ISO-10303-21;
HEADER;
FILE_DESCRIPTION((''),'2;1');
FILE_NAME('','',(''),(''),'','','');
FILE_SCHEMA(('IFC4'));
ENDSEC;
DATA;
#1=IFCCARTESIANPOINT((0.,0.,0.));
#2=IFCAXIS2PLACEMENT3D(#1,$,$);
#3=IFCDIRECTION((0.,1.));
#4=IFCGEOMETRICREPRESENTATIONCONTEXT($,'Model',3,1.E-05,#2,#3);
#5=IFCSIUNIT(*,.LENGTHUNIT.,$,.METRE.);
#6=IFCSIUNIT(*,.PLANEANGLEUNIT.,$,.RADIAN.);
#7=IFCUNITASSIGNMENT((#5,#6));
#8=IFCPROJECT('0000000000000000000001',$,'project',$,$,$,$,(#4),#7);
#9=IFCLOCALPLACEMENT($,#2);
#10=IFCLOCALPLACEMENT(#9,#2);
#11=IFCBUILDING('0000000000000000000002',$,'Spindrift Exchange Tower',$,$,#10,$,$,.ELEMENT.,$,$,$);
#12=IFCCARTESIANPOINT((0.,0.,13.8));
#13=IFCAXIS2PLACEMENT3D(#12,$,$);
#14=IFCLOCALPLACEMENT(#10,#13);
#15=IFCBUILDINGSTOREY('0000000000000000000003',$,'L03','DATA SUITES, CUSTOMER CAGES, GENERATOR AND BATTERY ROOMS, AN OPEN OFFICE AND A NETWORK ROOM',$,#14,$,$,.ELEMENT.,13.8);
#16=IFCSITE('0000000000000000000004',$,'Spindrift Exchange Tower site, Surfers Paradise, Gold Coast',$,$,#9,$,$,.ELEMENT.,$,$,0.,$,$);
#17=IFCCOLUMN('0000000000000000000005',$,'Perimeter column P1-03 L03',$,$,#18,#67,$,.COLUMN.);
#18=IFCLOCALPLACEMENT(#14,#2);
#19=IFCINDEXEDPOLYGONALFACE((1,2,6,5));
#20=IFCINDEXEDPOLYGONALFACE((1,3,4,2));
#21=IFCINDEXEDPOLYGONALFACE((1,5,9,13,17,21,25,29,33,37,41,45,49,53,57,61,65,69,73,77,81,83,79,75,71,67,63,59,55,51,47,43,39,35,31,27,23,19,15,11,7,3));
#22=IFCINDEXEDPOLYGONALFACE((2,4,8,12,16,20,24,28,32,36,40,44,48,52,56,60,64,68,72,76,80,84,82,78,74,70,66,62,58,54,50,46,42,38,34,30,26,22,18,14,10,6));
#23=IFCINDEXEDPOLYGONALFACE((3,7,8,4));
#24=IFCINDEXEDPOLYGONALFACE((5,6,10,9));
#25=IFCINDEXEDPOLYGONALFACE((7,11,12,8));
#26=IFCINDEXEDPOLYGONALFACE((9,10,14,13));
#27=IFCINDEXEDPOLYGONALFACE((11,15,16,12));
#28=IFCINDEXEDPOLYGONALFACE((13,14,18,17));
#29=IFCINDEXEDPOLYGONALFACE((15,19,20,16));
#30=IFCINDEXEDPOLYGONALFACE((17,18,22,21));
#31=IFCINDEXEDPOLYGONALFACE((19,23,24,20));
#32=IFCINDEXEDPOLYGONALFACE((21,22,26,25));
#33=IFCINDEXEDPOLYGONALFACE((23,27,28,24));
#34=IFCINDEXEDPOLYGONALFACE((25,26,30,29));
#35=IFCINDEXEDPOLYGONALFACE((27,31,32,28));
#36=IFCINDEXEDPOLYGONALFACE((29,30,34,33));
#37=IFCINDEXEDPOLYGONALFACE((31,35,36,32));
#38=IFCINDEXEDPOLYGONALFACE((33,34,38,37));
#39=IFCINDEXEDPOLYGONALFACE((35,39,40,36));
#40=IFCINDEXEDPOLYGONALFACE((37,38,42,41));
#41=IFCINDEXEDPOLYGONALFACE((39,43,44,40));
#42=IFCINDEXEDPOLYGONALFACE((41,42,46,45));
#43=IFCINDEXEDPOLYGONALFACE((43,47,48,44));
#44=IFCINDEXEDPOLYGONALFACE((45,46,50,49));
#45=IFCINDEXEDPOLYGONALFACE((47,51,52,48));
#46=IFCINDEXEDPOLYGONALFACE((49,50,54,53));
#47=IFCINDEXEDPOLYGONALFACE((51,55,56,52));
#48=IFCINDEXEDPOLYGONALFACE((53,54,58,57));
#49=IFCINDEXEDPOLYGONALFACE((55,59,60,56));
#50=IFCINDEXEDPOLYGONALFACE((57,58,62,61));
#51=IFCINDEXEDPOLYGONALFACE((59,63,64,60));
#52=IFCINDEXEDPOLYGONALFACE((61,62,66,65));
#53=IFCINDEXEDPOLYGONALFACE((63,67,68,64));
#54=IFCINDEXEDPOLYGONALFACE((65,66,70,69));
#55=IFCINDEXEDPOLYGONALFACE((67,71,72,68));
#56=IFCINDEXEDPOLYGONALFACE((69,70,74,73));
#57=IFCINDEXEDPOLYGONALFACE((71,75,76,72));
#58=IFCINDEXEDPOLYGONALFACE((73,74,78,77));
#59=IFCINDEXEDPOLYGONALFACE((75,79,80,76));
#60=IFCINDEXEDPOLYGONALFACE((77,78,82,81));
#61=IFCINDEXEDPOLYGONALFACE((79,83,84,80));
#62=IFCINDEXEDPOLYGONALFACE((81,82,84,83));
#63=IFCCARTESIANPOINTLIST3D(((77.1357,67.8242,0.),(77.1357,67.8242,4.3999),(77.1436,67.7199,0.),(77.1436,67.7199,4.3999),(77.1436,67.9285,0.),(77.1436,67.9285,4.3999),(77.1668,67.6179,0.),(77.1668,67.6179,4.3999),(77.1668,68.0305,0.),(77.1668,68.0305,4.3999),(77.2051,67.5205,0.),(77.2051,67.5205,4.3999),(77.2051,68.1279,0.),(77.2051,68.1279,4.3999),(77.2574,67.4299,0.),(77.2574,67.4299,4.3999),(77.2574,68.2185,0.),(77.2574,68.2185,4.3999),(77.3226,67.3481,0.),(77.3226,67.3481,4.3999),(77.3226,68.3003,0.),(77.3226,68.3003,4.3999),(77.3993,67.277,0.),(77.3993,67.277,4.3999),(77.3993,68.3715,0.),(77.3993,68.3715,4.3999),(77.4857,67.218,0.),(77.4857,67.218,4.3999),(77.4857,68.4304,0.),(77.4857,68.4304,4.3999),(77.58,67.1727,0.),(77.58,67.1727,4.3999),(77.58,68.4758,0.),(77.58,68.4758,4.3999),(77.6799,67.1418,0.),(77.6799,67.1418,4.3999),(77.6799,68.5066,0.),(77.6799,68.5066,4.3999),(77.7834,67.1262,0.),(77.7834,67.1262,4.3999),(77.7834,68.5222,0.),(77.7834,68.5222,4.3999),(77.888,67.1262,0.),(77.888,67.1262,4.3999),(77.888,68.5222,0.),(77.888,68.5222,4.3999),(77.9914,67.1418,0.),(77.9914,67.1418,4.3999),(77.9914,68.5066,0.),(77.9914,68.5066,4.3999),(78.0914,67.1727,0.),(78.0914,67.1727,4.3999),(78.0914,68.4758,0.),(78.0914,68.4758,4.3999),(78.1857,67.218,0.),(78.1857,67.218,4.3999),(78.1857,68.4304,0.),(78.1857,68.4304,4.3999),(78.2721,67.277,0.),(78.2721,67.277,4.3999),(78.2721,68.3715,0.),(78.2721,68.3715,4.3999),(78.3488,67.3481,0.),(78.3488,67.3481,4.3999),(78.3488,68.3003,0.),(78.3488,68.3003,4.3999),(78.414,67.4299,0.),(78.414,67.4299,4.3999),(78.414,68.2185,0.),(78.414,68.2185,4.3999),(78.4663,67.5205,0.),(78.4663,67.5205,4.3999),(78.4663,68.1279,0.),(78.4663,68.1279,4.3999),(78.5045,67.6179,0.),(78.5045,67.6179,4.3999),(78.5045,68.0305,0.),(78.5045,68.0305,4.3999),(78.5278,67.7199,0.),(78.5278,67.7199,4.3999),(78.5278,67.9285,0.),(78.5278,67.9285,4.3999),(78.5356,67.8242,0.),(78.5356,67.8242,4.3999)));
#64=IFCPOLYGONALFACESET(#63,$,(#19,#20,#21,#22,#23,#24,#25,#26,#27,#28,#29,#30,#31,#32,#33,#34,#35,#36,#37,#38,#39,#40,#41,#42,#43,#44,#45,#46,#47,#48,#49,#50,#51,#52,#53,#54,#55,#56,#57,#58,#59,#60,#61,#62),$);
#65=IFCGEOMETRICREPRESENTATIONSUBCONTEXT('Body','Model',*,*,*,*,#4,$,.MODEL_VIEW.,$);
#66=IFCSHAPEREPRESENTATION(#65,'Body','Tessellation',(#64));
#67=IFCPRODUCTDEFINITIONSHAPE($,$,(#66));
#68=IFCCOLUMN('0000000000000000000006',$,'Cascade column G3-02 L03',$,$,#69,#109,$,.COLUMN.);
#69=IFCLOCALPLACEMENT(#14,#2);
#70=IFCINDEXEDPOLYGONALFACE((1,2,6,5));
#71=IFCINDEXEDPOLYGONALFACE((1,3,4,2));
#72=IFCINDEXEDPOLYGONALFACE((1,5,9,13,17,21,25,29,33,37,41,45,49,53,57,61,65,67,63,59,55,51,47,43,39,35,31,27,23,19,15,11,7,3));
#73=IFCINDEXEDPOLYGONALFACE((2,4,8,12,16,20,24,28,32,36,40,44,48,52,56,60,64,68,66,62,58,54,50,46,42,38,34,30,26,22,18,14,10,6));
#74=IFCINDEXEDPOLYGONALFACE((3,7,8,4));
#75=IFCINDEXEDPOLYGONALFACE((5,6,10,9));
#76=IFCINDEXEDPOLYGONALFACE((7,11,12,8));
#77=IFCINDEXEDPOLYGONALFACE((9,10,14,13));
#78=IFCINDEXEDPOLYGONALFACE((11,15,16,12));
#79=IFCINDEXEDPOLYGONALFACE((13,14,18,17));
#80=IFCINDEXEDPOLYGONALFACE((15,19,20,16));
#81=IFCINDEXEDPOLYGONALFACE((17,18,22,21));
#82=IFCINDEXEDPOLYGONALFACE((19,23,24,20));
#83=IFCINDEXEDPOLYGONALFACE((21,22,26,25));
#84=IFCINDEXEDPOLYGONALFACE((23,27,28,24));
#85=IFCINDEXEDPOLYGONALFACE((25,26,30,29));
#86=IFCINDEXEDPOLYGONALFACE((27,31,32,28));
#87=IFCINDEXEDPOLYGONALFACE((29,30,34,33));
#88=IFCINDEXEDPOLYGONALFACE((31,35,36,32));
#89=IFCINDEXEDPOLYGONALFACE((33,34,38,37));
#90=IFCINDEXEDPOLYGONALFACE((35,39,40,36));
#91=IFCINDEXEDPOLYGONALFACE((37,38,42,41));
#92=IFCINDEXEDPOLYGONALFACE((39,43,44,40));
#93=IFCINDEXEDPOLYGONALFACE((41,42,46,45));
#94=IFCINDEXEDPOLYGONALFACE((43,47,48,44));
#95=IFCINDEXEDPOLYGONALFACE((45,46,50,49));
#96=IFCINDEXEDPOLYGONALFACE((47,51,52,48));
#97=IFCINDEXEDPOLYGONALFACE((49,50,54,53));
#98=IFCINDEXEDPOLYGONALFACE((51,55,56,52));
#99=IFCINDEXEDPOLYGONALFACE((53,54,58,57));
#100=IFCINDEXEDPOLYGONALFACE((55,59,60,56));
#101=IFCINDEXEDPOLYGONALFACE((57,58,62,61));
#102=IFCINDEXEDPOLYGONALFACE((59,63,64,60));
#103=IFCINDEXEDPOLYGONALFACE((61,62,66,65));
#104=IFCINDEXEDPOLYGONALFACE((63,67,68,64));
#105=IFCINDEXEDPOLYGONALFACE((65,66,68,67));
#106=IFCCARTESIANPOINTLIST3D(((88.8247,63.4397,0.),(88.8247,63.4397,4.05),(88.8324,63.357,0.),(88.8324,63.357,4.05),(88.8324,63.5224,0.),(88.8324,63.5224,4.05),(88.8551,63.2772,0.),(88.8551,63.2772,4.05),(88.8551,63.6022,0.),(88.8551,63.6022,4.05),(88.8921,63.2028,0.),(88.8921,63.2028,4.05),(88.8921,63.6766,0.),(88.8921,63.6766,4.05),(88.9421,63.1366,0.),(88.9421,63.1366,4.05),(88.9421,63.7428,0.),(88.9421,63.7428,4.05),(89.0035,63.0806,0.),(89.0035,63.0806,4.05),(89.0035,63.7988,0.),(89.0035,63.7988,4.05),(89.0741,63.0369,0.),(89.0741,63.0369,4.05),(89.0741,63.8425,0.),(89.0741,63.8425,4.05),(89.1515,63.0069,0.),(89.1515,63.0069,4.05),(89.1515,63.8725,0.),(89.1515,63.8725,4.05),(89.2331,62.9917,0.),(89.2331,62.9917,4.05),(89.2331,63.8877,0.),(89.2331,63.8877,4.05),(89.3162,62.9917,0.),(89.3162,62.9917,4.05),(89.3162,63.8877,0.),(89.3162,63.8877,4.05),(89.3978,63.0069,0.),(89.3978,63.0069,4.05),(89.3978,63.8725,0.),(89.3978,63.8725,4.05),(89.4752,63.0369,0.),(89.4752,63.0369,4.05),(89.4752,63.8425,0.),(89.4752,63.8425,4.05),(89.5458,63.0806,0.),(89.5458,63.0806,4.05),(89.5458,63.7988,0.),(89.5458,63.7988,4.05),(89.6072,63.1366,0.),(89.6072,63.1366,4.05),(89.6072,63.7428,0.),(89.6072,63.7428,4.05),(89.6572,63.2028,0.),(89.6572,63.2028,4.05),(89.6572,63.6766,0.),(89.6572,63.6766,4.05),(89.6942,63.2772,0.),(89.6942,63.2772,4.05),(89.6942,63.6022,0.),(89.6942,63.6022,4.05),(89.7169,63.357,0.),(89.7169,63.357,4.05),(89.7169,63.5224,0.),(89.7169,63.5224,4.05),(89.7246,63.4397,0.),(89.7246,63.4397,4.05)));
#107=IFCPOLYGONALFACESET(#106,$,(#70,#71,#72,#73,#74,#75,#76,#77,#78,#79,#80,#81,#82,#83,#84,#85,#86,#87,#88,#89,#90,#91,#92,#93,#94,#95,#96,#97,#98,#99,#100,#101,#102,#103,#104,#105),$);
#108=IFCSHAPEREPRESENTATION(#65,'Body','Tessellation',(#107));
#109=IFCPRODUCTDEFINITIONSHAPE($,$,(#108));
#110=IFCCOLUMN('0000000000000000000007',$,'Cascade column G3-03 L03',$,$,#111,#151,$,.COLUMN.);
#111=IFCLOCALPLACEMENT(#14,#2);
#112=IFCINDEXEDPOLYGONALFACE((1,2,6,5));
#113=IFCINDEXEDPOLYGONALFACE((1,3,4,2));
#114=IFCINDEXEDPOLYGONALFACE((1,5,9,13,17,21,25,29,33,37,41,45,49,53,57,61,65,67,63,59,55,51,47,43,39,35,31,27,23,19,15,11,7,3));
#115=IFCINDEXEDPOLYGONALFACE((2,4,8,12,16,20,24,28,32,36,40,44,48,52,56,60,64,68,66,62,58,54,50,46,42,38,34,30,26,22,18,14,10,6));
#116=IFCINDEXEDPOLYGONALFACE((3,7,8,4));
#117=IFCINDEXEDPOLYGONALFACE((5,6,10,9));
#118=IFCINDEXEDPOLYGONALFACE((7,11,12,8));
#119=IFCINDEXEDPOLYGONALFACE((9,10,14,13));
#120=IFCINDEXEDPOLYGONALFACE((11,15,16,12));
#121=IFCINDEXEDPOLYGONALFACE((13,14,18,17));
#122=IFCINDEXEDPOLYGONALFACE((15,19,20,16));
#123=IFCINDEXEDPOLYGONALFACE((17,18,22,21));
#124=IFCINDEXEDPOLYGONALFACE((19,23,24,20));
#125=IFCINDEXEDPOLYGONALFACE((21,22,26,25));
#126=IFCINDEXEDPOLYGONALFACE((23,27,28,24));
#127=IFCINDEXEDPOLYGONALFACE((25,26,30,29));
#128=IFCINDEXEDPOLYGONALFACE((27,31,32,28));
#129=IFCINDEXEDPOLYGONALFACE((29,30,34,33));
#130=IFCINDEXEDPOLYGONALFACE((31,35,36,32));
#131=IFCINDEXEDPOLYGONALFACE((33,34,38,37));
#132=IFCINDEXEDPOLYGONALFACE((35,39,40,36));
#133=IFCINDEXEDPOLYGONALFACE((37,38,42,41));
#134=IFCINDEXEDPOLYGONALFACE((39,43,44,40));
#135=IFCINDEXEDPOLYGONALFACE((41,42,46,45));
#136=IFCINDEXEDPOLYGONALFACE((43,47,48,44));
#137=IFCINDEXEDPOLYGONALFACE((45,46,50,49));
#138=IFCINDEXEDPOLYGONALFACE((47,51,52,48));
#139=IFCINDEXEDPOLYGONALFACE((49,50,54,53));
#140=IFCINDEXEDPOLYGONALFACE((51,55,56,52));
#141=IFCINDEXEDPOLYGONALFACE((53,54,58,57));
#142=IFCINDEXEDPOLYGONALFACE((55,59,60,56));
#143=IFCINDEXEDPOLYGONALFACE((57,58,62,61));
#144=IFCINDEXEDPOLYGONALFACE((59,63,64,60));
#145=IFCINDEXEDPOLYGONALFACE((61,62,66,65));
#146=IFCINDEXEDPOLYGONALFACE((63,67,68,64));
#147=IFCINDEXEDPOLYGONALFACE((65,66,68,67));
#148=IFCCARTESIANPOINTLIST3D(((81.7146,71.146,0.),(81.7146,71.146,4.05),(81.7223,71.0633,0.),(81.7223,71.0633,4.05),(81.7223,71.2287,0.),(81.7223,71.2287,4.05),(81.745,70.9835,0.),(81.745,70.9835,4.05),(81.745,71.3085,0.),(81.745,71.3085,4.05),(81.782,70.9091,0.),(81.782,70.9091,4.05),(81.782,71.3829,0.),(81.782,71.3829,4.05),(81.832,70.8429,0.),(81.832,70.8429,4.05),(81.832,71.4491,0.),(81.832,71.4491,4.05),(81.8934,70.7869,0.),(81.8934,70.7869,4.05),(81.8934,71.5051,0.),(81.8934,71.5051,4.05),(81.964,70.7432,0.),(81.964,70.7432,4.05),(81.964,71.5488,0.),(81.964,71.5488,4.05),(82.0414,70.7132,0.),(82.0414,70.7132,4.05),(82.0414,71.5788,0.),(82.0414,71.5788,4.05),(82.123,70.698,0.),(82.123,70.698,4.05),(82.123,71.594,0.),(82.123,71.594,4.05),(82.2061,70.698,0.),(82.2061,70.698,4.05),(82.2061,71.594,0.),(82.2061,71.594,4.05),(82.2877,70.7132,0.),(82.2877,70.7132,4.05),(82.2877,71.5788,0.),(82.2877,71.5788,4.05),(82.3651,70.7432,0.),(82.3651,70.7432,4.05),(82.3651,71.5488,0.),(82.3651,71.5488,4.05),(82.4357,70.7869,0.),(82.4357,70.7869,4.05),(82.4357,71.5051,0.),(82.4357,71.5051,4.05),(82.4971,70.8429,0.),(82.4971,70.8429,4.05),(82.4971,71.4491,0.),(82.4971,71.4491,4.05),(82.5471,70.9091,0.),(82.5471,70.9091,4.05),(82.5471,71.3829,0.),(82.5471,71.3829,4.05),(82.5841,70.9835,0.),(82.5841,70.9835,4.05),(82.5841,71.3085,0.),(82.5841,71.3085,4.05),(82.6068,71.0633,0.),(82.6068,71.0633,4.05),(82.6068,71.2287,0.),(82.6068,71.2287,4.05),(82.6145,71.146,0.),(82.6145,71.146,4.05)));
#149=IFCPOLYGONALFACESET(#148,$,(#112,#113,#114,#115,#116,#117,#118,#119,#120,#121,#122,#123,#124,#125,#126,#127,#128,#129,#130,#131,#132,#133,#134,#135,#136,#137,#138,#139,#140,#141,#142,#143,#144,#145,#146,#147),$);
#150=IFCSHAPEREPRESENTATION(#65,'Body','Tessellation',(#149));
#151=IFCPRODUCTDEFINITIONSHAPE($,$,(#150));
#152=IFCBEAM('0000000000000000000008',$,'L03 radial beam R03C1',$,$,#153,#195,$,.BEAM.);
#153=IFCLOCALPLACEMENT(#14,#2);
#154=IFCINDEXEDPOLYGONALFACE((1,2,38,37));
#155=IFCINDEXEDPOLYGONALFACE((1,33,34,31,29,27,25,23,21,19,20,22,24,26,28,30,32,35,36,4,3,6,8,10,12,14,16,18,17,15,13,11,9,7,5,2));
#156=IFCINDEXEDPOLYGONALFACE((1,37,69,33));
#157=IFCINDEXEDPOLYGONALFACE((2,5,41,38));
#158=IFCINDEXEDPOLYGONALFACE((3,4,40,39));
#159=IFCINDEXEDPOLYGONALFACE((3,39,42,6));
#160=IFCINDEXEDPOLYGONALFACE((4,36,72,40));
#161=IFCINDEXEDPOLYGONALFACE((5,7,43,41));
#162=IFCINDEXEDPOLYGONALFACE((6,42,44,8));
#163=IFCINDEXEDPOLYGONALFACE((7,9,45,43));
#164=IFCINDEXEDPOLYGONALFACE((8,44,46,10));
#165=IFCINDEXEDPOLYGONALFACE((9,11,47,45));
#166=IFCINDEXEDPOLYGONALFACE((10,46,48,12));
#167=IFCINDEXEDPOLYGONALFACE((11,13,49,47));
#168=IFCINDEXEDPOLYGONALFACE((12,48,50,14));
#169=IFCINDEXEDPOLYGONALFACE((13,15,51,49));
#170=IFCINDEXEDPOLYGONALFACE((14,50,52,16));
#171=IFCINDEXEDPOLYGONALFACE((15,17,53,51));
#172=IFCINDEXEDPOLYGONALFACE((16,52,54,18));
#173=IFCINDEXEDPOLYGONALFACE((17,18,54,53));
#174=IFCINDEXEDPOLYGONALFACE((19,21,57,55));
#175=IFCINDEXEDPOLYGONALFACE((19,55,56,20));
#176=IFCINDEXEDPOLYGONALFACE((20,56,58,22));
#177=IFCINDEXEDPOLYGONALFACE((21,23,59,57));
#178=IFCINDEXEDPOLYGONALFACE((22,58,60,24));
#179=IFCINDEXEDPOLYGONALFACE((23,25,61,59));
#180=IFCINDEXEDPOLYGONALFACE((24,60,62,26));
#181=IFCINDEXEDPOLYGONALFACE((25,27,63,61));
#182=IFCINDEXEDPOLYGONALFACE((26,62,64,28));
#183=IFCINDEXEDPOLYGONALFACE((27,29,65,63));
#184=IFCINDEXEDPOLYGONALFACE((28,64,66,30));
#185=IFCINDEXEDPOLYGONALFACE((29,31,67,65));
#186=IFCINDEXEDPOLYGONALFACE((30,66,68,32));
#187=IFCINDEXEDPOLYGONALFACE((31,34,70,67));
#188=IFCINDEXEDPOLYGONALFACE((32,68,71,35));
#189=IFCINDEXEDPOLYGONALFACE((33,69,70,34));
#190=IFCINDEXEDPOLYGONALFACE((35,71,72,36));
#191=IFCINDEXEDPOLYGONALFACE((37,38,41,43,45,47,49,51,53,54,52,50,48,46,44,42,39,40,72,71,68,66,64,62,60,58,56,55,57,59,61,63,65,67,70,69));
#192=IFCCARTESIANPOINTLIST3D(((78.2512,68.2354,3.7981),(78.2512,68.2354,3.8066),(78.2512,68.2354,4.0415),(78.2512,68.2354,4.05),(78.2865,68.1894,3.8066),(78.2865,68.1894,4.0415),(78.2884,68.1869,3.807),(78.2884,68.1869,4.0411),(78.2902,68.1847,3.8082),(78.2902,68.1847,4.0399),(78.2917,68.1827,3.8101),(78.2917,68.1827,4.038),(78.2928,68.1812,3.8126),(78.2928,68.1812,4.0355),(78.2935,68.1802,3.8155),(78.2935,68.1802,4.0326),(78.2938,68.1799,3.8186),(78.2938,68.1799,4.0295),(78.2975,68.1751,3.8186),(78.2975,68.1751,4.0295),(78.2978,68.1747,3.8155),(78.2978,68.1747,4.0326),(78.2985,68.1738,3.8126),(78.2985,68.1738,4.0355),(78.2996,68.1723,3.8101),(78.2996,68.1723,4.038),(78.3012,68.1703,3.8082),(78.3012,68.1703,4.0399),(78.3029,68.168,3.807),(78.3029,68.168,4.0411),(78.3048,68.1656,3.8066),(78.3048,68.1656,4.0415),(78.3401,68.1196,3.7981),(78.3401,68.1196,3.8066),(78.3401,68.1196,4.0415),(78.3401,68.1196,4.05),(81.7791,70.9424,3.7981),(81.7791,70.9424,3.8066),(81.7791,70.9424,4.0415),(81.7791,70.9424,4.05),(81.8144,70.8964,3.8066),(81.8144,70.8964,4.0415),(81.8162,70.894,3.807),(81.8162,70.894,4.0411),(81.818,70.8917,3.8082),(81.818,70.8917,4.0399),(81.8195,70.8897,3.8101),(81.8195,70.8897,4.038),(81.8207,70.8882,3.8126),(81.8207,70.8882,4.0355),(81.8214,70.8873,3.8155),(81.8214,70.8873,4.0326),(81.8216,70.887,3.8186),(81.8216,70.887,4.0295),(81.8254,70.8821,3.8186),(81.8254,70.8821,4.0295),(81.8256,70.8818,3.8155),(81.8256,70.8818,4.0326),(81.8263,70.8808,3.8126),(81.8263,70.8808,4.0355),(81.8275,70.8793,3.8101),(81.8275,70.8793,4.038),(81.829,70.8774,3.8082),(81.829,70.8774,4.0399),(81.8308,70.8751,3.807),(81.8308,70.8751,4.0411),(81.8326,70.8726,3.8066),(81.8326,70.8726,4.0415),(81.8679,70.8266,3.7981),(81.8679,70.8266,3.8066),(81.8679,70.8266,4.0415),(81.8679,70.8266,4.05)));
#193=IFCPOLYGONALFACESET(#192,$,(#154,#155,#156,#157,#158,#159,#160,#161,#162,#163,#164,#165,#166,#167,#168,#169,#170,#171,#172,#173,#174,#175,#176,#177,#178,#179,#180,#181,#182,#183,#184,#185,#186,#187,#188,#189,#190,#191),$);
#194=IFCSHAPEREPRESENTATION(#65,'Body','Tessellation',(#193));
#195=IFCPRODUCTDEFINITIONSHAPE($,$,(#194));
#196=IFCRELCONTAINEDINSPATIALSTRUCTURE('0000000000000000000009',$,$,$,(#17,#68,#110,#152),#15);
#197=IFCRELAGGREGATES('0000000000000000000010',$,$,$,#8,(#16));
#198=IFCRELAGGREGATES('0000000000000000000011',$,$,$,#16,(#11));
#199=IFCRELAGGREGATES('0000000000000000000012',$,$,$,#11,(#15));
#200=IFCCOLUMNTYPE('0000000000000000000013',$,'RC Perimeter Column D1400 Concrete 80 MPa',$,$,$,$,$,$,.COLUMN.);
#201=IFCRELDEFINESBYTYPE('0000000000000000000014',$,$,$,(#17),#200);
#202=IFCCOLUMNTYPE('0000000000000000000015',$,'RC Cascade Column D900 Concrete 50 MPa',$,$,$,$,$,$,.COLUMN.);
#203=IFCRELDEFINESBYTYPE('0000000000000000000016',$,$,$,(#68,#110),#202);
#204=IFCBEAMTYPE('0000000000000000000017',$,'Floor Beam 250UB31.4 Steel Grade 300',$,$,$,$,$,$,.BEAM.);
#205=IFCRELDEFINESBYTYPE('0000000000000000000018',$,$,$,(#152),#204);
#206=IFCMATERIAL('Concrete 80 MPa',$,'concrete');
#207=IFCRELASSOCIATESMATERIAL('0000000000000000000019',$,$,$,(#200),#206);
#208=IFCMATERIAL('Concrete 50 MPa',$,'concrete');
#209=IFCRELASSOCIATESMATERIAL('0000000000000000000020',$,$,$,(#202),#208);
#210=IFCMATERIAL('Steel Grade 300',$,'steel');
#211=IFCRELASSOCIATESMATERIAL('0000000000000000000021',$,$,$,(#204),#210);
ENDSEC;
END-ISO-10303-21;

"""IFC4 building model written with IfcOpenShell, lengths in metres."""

from ifc_helpers import new_model, si_unit, direction, frame, origin, origin_2d, place, context, subcontext, project, spatial, circle, i_section, extrude, source, transform, mapped, material, material_profile, profile_set, type_object, element, save


model = new_model("IFC4")

# Units and contexts
model_context = context("Model", 3, precision=1e-05, world=origin(), true_north=direction((0.0, 1.0)))
body_context = subcontext(model_context, "Body", "Model", "MODEL_VIEW")
ifc_project = project(units=[si_unit("LENGTHUNIT", "METRE"), si_unit("PLANEANGLEUNIT", "RADIAN")], contexts=[model_context])

# Site, building, storey
site_placement = place(None, origin())
site = spatial("IfcSite", under=ifc_project, at=site_placement, Name="Spindrift Exchange Tower site, Surfers Paradise, Gold Coast", CompositionType="ELEMENT", RefElevation=0.0)
building_placement = place(site_placement, origin())
building = spatial("IfcBuilding", under=site, at=building_placement, Name="Spindrift Exchange Tower", CompositionType="ELEMENT")
storey_placement = place(building_placement, frame((0.0, 0.0, 13.8)))
storey = spatial("IfcBuildingStorey", under=building, at=storey_placement, Name="L03", Description="DATA SUITES, CUSTOMER CAGES, GENERATOR AND BATTERY ROOMS, AN OPEN OFFICE AND A NETWORK ROOM", CompositionType="ELEMENT", Elevation=13.8)

# Columns
ifc_material_1 = material(Name="Concrete 80 MPa", Category="concrete")
ifc_material_profile_1 = material_profile(ifc_material_1, circle(Radius=0.7, at=origin_2d()), Name="RC D1400")
ifc_profile_set_1 = profile_set([ifc_material_profile_1], Name="Concrete 80 MPa")
column_type_1 = type_object("IfcColumnType", Name="RC Perimeter Column D1400 Concrete 80 MPa", PredefinedType="COLUMN", material=ifc_profile_set_1)
shared_shape_1 = source(origin(), body_context, "Body", "SweptSolid", [
    extrude(circle(Radius=0.7, at=origin_2d()), origin(), (0.0, 0.0, 1.0), 4.3999),
])
column_placement = place(storey_placement, frame((77.8357, 67.8242, 0.0), z_axis=(0.0, 0.0, 1.0), x_axis=(1.0, 0.0, 0.0)))
element("IfcColumn", 1, at=column_placement, inside=storey, type_object=column_type_1, Name="Perimeter column P1-03 L03", PredefinedType="COLUMN", context=body_context, shape_type="MappedRepresentation", body=[
    mapped(shared_shape_1, transform((0.0, 0.0, 0.0), scale=1.0)),
])
ifc_material_2 = material(Name="Concrete 50 MPa", Category="concrete")
ifc_material_profile_2 = material_profile(ifc_material_2, circle(Radius=0.45, at=origin_2d()), Name="RC D900")
ifc_profile_set_2 = profile_set([ifc_material_profile_2], Name="Concrete 50 MPa")
column_type_2 = type_object("IfcColumnType", Name="RC Cascade Column D900 Concrete 50 MPa", PredefinedType="COLUMN", material=ifc_profile_set_2)
shared_shape_2 = source(origin(), body_context, "Body", "SweptSolid", [
    extrude(circle(Radius=0.45, at=origin_2d()), origin(), (0.0, 0.0, 1.0), 4.05),
])
for number, where, z_axis, x_axis, name in (
    (2, (89.2747, 63.4397, 0.0), (0.0, 0.0, 1.0), (1.0, 0.0, 0.0), "Cascade column G3-02 L03"),
    (3, (82.1646, 71.146, 0.0), (0.0, 0.0, 1.0), (1.0, 0.0, 0.0), "Cascade column G3-03 L03"),
):
    element("IfcColumn", number, at=place(storey_placement, frame(where, z_axis=z_axis, x_axis=x_axis)), inside=storey, type_object=column_type_2, Name=name, PredefinedType="COLUMN", context=body_context, shape_type="MappedRepresentation", body=[
        mapped(shared_shape_2, transform((0.0, 0.0, 0.0), scale=1.0)),
    ])

# Beam
ifc_material_3 = material(Name="Steel Grade 300", Category="steel")
ifc_material_profile_3 = material_profile(ifc_material_3, i_section(OverallWidth=0.146, OverallDepth=0.252, WebThickness=0.0061, FlangeThickness=0.0085, FilletRadius=0.012, at=origin_2d()), Name="250UB31.4")
ifc_profile_set_3 = profile_set([ifc_material_profile_3], Name="Steel Grade 300")
beam_type_1 = type_object("IfcBeamType", Name="Floor Beam 250UB31.4 Steel Grade 300", PredefinedType="BEAM", material=ifc_profile_set_3)
shared_shape_3 = source(origin(), body_context, "Body", "SweptSolid", [
    extrude(i_section(OverallWidth=0.146, OverallDepth=0.252, WebThickness=0.0061, FlangeThickness=0.0085, FilletRadius=0.012, at=origin_2d()), origin(), (0.0, 0.0, 1.0), 4.4468),
])
beam_1_placement = place(storey_placement, frame((78.2957, 68.1775, 3.9241), z_axis=(0.79335, 0.608766, 0.0), x_axis=(-0.608766, 0.79335, 0.0)))
element("IfcBeam", 4, at=beam_1_placement, inside=storey, type_object=beam_type_1, Name="L03 radial beam R03C1", PredefinedType="BEAM", context=body_context, shape_type="MappedRepresentation", body=[
    mapped(shared_shape_3, transform((0.0, 0.0, 0.0), scale=1.0)),
])

save(model, "model.ifc")
